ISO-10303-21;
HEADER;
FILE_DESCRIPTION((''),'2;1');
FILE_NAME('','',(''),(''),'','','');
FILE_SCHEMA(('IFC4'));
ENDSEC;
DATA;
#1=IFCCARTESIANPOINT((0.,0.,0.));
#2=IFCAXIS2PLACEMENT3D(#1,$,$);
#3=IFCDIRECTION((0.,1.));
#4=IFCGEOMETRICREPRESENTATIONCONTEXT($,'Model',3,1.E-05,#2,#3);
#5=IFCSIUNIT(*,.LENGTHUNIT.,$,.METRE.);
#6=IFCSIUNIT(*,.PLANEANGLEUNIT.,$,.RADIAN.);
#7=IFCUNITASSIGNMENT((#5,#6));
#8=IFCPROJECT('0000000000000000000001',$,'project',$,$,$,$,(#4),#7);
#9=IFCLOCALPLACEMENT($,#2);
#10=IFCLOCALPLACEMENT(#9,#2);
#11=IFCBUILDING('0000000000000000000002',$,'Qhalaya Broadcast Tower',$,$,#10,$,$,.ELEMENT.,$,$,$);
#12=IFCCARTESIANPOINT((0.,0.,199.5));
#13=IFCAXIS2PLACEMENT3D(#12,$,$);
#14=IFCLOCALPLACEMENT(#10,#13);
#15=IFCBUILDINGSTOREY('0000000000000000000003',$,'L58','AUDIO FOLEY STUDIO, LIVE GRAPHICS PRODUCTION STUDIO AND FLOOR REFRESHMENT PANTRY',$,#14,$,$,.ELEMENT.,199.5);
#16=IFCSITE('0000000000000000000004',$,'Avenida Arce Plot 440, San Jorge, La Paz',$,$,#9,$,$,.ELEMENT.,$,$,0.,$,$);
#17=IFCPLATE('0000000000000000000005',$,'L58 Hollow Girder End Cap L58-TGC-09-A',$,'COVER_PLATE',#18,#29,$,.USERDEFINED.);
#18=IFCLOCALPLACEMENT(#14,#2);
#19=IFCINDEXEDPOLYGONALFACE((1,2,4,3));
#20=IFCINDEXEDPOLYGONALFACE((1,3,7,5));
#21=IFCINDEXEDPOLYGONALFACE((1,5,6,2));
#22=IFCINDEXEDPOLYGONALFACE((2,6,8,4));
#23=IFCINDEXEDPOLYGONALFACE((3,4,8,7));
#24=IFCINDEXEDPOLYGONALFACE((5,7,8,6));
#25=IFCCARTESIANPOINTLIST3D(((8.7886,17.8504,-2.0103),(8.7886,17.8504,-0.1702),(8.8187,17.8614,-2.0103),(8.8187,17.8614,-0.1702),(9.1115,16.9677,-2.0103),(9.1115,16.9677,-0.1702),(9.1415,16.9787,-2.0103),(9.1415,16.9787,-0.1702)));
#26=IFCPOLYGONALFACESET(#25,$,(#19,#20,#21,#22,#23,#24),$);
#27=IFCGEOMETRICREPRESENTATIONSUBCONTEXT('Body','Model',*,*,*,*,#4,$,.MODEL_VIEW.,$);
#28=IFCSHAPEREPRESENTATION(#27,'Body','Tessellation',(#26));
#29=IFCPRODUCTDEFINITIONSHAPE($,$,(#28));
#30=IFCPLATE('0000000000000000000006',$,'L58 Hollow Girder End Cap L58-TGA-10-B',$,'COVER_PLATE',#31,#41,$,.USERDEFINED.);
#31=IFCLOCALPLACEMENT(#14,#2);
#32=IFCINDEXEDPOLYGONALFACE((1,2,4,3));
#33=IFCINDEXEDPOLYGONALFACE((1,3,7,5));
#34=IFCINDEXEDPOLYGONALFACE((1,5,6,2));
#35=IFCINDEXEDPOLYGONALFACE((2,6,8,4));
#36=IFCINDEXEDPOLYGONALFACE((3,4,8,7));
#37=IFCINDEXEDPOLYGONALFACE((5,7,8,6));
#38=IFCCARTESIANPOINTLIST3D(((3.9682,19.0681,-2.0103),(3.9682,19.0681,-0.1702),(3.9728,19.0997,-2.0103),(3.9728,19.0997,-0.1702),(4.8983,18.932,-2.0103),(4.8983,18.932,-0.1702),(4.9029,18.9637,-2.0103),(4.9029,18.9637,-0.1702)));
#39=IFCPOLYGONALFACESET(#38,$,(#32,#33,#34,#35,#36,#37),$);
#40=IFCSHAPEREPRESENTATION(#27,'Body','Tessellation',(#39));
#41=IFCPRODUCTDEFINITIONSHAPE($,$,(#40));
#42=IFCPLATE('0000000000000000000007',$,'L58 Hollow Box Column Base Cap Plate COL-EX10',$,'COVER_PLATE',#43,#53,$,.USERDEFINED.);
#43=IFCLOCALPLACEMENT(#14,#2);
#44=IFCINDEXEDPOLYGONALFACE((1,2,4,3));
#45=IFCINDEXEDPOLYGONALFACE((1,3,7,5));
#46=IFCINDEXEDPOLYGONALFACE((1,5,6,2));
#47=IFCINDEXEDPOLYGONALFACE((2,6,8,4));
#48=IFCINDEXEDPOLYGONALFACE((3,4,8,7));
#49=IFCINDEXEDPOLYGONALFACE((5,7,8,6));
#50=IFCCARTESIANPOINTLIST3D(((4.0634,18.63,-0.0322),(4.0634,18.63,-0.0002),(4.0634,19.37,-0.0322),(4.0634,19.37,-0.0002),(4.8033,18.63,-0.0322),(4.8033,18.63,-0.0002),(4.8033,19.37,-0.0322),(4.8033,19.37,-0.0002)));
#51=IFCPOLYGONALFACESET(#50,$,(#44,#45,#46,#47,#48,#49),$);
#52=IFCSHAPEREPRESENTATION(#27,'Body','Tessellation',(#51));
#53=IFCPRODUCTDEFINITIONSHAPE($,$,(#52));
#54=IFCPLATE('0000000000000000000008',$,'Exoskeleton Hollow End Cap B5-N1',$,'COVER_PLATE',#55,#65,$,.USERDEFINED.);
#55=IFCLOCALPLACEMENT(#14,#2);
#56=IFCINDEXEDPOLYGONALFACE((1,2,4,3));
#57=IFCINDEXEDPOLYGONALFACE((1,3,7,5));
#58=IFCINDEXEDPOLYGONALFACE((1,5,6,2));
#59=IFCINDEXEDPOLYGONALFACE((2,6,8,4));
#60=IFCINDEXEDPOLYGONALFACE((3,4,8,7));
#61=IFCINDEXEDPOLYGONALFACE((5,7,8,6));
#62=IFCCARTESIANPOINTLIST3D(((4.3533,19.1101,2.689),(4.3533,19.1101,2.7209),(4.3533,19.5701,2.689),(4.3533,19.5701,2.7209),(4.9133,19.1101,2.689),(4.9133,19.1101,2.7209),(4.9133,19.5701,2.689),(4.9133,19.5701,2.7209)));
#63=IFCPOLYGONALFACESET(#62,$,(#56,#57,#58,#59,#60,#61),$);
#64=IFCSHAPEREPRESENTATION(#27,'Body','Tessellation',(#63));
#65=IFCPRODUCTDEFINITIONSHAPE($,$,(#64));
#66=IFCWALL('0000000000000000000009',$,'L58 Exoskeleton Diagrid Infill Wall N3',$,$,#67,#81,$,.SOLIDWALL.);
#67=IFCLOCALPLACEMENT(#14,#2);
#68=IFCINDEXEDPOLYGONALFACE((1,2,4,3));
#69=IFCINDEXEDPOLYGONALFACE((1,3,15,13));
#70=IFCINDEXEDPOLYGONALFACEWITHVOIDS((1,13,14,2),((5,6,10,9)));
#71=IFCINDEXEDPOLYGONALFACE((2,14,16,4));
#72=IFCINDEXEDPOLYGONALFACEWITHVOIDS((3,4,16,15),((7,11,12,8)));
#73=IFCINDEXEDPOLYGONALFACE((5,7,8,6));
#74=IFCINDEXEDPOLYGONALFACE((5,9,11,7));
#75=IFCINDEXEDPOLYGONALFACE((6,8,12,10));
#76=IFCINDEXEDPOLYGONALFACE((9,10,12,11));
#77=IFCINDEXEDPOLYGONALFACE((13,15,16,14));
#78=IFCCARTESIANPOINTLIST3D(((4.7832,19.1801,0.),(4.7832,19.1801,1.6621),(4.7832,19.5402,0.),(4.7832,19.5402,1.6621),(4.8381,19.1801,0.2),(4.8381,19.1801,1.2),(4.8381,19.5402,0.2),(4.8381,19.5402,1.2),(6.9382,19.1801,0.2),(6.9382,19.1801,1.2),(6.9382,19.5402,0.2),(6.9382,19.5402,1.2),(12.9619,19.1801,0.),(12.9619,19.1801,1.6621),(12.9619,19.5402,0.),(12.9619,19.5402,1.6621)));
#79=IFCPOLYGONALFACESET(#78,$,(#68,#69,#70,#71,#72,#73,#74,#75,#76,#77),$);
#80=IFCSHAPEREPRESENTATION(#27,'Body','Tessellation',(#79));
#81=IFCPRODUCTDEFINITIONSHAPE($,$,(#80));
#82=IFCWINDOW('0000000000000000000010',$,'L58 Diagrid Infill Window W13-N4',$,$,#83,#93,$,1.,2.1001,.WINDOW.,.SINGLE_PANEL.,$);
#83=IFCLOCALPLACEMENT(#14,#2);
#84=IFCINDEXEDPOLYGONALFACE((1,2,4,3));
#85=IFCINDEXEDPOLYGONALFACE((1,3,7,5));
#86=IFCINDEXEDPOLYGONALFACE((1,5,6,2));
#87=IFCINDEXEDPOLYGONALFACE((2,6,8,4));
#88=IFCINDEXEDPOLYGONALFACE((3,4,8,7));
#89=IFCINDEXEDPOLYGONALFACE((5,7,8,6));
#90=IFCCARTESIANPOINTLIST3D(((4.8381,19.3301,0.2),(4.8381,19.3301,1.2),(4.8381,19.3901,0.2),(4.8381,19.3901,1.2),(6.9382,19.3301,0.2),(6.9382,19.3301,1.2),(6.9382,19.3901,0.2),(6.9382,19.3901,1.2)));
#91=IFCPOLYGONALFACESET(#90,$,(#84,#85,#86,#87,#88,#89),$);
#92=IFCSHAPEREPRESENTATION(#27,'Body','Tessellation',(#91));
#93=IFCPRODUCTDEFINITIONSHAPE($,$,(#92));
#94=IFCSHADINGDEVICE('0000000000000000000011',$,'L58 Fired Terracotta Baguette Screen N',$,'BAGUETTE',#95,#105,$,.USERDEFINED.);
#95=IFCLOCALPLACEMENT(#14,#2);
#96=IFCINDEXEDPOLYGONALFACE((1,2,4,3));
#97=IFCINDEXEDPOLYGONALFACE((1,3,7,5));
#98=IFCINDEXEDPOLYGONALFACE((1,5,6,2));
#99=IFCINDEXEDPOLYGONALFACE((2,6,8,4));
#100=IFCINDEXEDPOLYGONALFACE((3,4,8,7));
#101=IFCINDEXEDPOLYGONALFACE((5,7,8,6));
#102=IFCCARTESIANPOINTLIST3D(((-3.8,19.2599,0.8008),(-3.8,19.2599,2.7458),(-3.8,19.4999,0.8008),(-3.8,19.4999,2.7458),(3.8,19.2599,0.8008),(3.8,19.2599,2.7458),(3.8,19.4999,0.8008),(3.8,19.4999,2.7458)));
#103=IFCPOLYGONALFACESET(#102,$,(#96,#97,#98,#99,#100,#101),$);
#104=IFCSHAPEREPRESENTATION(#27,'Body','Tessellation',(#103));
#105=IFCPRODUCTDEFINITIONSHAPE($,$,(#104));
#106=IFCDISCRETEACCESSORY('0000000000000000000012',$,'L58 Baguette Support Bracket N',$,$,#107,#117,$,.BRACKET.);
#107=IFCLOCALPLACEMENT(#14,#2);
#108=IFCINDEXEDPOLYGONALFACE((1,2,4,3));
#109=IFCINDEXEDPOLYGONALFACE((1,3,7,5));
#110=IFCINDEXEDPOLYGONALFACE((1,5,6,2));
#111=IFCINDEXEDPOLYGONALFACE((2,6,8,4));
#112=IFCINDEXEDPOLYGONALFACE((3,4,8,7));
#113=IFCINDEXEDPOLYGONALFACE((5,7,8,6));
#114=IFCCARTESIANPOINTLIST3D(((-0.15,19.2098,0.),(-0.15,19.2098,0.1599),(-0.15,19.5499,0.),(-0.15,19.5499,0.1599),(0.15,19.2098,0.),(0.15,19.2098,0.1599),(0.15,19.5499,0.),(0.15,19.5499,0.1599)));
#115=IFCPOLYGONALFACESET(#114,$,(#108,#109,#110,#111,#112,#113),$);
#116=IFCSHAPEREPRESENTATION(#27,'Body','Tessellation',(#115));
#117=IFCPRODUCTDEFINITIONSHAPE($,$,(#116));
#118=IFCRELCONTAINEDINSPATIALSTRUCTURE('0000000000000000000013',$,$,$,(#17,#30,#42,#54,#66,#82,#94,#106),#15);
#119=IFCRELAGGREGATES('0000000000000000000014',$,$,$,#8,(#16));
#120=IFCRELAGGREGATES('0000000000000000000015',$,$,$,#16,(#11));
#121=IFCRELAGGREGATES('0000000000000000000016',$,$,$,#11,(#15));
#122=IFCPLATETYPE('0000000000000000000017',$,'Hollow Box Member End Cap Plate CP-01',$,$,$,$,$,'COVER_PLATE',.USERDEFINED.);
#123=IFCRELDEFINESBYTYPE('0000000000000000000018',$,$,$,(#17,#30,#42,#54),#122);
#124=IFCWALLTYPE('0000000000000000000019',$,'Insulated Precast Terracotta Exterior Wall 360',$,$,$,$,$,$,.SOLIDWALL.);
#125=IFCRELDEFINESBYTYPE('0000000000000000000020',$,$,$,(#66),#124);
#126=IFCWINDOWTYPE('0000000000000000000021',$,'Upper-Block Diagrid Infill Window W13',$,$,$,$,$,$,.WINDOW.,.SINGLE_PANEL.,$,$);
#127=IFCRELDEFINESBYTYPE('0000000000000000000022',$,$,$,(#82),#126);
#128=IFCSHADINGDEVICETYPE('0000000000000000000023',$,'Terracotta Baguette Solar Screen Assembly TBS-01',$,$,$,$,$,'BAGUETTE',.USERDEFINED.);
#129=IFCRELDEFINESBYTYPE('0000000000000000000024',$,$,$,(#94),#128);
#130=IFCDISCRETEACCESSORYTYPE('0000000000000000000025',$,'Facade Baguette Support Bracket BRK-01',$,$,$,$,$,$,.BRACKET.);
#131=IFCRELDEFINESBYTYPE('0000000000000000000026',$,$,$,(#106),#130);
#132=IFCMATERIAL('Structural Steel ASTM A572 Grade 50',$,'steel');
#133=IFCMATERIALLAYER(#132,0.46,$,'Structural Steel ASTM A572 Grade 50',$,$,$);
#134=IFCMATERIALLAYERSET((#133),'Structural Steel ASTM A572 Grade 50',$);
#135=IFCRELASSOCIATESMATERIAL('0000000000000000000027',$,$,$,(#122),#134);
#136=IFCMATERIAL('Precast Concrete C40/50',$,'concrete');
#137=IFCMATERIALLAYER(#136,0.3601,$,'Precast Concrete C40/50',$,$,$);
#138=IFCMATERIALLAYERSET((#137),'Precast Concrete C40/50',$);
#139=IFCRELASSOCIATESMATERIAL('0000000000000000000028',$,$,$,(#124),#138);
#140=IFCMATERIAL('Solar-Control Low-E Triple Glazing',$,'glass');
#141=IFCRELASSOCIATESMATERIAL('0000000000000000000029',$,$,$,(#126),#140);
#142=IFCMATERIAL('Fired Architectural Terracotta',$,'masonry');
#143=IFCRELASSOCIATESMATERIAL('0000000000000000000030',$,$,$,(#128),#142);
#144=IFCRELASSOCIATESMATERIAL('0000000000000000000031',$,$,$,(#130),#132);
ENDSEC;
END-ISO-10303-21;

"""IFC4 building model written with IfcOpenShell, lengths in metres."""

from ifc_helpers import new_model, si_unit, direction, frame, frame_2d, origin, origin_2d, place, context, subcontext, project, spatial, rectangle, extrude, material, layer, layer_set, type_object, element, fill, save


model = new_model("IFC4")

# Units and contexts
model_context = context("Model", 3, precision=1e-05, world=origin(), true_north=direction((0.0, 1.0)))
body_context = subcontext(model_context, "Body", "Model", "MODEL_VIEW")
ifc_project = project(units=[si_unit("LENGTHUNIT", "METRE"), si_unit("PLANEANGLEUNIT", "RADIAN")], contexts=[model_context])

# Site, building, storey
site_placement = place(None, origin())
site = spatial("IfcSite", under=ifc_project, at=site_placement, Name="Avenida Arce Plot 440, San Jorge, La Paz", CompositionType="ELEMENT", RefElevation=0.0)
building_placement = place(site_placement, origin())
building = spatial("IfcBuilding", under=site, at=building_placement, Name="Qhalaya Broadcast Tower", CompositionType="ELEMENT")
storey_placement = place(building_placement, frame((0.0, 0.0, 199.5)))
storey = spatial("IfcBuildingStorey", under=building, at=storey_placement, Name="L58", Description="AUDIO FOLEY STUDIO, LIVE GRAPHICS PRODUCTION STUDIO AND FLOOR REFRESHMENT PANTRY", CompositionType="ELEMENT", Elevation=199.5)

# Shared definitions
ifc_material_1 = material(Name="Structural Steel ASTM A572 Grade 50", Category="steel")

# Plates
ifc_layer_1 = layer(ifc_material_1, 0.46, Name="Structural Steel ASTM A572 Grade 50")
ifc_layer_set_1 = layer_set([ifc_layer_1], Name="Structural Steel ASTM A572 Grade 50")
plate_type_1 = type_object("IfcPlateType", Name="Hollow Box Member End Cap Plate CP-01", ElementType="COVER_PLATE", PredefinedType="USERDEFINED", material=ifc_layer_set_1)
for number, where, z_axis, x_axis, name in (
    (1, (8.9651, 17.4146, -2.0103), (0.0, 0.0, 1.0), (-0.343496, 0.939154, 0.0), "L58 Hollow Girder End Cap L58-TGC-09-A"),
    (2, (4.4355, 19.0159, -2.0103), (0.0, 0.0, 1.0), (-0.989473, 0.144719, 0.0), "L58 Hollow Girder End Cap L58-TGA-10-B"),
):
    element("IfcPlate", number, at=place(storey_placement, frame(where, z_axis=z_axis, x_axis=x_axis)), inside=storey, type_object=plate_type_1, Name=name, ObjectType="COVER_PLATE", PredefinedType="USERDEFINED", context=body_context, shape_type="SweptSolid", body=[
        extrude(rectangle(XDim=0.9399, YDim=0.032, at=origin_2d()), origin(), (0.0, 0.0, 1.0), 1.8401),
    ])
plate_1_placement = place(storey_placement, frame((4.4333, 19.0, -0.0322), z_axis=(0.0, 0.0, 1.0), x_axis=(1.0, 0.0, 0.0)))
element("IfcPlate", 3, at=plate_1_placement, inside=storey, type_object=plate_type_1, Name="L58 Hollow Box Column Base Cap Plate COL-EX10", ObjectType="COVER_PLATE", PredefinedType="USERDEFINED", context=body_context, shape_type="SweptSolid", body=[
    extrude(rectangle(XDim=0.74, YDim=0.74, at=origin_2d()), origin(), (0.0, 0.0, 1.0), 0.032),
])
plate_2_placement = place(storey_placement, frame((4.6333, 19.3401, 2.689), z_axis=(0.0, 0.0, 1.0), x_axis=(1.0, 0.0, 0.0)))
element("IfcPlate", 4, at=plate_2_placement, inside=storey, type_object=plate_type_1, Name="Exoskeleton Hollow End Cap B5-N1", ObjectType="COVER_PLATE", PredefinedType="USERDEFINED", context=body_context, shape_type="SweptSolid", body=[
    extrude(rectangle(XDim=0.5601, YDim=0.46, at=origin_2d()), origin(), (0.0, 0.0, 1.0), 0.032),
])

# Wall, opening, window
ifc_material_2 = material(Name="Precast Concrete C40/50", Category="concrete")
ifc_layer_2 = layer(ifc_material_2, 0.3601, Name="Precast Concrete C40/50")
ifc_layer_set_2 = layer_set([ifc_layer_2], Name="Precast Concrete C40/50")
wall_type = type_object("IfcWallType", Name="Insulated Precast Terracotta Exterior Wall 360", PredefinedType="SOLIDWALL", material=ifc_layer_set_2)
wall_placement = place(storey_placement, frame((4.7832, 19.3601, 0.0), z_axis=(0.0, 0.0, 1.0), x_axis=(1.0, 0.0, 0.0)))
wall = element("IfcWall", 5, at=wall_placement, inside=storey, type_object=wall_type, Name="L58 Exoskeleton Diagrid Infill Wall N3", PredefinedType="SOLIDWALL", context=body_context, shape_type="SweptSolid", body=[
    extrude(rectangle(XDim=8.1787, YDim=0.3601, at=frame_2d((4.0894, 0.0))), origin(), (0.0, 0.0, 1.0), 1.6621),
])
opening_placement = place(wall_placement, frame((0.0549, 0.0, 0.2)))
opening = element("IfcOpeningElement", 6, at=opening_placement, cuts=wall, PredefinedType="OPENING", context=body_context, shape_type="SweptSolid", body=[
    extrude(rectangle(XDim=2.1001, YDim=1.0, at=frame_2d((1.05, 0.5))), frame((0.0, 0.1921, 0.0), z_axis=(0.0, -1.0, 0.0), x_axis=(1.0, 0.0, 0.0)), (0.0, 0.0, 1.0), 0.384),
])
ifc_material_3 = material(Name="Solar-Control Low-E Triple Glazing", Category="glass")
window_type = type_object("IfcWindowType", Name="Upper-Block Diagrid Infill Window W13", PartitioningType="SINGLE_PANEL", PredefinedType="WINDOW", material=ifc_material_3)
window_placement = place(opening_placement, origin())
window = element("IfcWindow", 7, at=window_placement, inside=storey, type_object=window_type, Name="L58 Diagrid Infill Window W13-N4", OverallHeight=1.0, OverallWidth=2.1001, PartitioningType="SINGLE_PANEL", PredefinedType="WINDOW", context=body_context, shape_type="SweptSolid", body=[
    extrude(rectangle(XDim=2.1001, YDim=1.0, at=frame_2d((1.05, 0.5))), frame((0.0, 0.03, 0.0), z_axis=(0.0, -1.0, 0.0), x_axis=(1.0, 0.0, 0.0)), (0.0, 0.0, 1.0), 0.0601),
])
fill(opening, window)

# Shading device
ifc_material_4 = material(Name="Fired Architectural Terracotta", Category="masonry")
shading_device_type = type_object("IfcShadingDeviceType", Name="Terracotta Baguette Solar Screen Assembly TBS-01", ElementType="BAGUETTE", PredefinedType="USERDEFINED", material=ifc_material_4)
shading_device_placement = place(storey_placement, frame((0.0, 19.3799, 0.8008), z_axis=(0.0, 0.0, 1.0), x_axis=(-1.0, 0.0, 0.0)))
element("IfcShadingDevice", 8, at=shading_device_placement, inside=storey, type_object=shading_device_type, Name="L58 Fired Terracotta Baguette Screen N", ObjectType="BAGUETTE", PredefinedType="USERDEFINED", context=body_context, shape_type="SweptSolid", body=[
    extrude(rectangle(XDim=7.6001, YDim=0.24, at=origin_2d()), origin(), (0.0, 0.0, 1.0), 1.9451),
])

# Discrete accessory
discrete_accessory_type = type_object("IfcDiscreteAccessoryType", Name="Facade Baguette Support Bracket BRK-01", PredefinedType="BRACKET", material=ifc_material_1)
discrete_accessory_placement = place(storey_placement, frame((0.0, 19.3799, 0.0), z_axis=(0.0, 0.0, 1.0), x_axis=(-1.0, 0.0, 0.0)))
element("IfcDiscreteAccessory", 9, at=discrete_accessory_placement, inside=storey, type_object=discrete_accessory_type, Name="L58 Baguette Support Bracket N", PredefinedType="BRACKET", context=body_context, shape_type="SweptSolid", body=[
    extrude(rectangle(XDim=0.3, YDim=0.3401, at=origin_2d()), origin(), (0.0, 0.0, 1.0), 0.1599),
])

save(model, "model.ifc")
